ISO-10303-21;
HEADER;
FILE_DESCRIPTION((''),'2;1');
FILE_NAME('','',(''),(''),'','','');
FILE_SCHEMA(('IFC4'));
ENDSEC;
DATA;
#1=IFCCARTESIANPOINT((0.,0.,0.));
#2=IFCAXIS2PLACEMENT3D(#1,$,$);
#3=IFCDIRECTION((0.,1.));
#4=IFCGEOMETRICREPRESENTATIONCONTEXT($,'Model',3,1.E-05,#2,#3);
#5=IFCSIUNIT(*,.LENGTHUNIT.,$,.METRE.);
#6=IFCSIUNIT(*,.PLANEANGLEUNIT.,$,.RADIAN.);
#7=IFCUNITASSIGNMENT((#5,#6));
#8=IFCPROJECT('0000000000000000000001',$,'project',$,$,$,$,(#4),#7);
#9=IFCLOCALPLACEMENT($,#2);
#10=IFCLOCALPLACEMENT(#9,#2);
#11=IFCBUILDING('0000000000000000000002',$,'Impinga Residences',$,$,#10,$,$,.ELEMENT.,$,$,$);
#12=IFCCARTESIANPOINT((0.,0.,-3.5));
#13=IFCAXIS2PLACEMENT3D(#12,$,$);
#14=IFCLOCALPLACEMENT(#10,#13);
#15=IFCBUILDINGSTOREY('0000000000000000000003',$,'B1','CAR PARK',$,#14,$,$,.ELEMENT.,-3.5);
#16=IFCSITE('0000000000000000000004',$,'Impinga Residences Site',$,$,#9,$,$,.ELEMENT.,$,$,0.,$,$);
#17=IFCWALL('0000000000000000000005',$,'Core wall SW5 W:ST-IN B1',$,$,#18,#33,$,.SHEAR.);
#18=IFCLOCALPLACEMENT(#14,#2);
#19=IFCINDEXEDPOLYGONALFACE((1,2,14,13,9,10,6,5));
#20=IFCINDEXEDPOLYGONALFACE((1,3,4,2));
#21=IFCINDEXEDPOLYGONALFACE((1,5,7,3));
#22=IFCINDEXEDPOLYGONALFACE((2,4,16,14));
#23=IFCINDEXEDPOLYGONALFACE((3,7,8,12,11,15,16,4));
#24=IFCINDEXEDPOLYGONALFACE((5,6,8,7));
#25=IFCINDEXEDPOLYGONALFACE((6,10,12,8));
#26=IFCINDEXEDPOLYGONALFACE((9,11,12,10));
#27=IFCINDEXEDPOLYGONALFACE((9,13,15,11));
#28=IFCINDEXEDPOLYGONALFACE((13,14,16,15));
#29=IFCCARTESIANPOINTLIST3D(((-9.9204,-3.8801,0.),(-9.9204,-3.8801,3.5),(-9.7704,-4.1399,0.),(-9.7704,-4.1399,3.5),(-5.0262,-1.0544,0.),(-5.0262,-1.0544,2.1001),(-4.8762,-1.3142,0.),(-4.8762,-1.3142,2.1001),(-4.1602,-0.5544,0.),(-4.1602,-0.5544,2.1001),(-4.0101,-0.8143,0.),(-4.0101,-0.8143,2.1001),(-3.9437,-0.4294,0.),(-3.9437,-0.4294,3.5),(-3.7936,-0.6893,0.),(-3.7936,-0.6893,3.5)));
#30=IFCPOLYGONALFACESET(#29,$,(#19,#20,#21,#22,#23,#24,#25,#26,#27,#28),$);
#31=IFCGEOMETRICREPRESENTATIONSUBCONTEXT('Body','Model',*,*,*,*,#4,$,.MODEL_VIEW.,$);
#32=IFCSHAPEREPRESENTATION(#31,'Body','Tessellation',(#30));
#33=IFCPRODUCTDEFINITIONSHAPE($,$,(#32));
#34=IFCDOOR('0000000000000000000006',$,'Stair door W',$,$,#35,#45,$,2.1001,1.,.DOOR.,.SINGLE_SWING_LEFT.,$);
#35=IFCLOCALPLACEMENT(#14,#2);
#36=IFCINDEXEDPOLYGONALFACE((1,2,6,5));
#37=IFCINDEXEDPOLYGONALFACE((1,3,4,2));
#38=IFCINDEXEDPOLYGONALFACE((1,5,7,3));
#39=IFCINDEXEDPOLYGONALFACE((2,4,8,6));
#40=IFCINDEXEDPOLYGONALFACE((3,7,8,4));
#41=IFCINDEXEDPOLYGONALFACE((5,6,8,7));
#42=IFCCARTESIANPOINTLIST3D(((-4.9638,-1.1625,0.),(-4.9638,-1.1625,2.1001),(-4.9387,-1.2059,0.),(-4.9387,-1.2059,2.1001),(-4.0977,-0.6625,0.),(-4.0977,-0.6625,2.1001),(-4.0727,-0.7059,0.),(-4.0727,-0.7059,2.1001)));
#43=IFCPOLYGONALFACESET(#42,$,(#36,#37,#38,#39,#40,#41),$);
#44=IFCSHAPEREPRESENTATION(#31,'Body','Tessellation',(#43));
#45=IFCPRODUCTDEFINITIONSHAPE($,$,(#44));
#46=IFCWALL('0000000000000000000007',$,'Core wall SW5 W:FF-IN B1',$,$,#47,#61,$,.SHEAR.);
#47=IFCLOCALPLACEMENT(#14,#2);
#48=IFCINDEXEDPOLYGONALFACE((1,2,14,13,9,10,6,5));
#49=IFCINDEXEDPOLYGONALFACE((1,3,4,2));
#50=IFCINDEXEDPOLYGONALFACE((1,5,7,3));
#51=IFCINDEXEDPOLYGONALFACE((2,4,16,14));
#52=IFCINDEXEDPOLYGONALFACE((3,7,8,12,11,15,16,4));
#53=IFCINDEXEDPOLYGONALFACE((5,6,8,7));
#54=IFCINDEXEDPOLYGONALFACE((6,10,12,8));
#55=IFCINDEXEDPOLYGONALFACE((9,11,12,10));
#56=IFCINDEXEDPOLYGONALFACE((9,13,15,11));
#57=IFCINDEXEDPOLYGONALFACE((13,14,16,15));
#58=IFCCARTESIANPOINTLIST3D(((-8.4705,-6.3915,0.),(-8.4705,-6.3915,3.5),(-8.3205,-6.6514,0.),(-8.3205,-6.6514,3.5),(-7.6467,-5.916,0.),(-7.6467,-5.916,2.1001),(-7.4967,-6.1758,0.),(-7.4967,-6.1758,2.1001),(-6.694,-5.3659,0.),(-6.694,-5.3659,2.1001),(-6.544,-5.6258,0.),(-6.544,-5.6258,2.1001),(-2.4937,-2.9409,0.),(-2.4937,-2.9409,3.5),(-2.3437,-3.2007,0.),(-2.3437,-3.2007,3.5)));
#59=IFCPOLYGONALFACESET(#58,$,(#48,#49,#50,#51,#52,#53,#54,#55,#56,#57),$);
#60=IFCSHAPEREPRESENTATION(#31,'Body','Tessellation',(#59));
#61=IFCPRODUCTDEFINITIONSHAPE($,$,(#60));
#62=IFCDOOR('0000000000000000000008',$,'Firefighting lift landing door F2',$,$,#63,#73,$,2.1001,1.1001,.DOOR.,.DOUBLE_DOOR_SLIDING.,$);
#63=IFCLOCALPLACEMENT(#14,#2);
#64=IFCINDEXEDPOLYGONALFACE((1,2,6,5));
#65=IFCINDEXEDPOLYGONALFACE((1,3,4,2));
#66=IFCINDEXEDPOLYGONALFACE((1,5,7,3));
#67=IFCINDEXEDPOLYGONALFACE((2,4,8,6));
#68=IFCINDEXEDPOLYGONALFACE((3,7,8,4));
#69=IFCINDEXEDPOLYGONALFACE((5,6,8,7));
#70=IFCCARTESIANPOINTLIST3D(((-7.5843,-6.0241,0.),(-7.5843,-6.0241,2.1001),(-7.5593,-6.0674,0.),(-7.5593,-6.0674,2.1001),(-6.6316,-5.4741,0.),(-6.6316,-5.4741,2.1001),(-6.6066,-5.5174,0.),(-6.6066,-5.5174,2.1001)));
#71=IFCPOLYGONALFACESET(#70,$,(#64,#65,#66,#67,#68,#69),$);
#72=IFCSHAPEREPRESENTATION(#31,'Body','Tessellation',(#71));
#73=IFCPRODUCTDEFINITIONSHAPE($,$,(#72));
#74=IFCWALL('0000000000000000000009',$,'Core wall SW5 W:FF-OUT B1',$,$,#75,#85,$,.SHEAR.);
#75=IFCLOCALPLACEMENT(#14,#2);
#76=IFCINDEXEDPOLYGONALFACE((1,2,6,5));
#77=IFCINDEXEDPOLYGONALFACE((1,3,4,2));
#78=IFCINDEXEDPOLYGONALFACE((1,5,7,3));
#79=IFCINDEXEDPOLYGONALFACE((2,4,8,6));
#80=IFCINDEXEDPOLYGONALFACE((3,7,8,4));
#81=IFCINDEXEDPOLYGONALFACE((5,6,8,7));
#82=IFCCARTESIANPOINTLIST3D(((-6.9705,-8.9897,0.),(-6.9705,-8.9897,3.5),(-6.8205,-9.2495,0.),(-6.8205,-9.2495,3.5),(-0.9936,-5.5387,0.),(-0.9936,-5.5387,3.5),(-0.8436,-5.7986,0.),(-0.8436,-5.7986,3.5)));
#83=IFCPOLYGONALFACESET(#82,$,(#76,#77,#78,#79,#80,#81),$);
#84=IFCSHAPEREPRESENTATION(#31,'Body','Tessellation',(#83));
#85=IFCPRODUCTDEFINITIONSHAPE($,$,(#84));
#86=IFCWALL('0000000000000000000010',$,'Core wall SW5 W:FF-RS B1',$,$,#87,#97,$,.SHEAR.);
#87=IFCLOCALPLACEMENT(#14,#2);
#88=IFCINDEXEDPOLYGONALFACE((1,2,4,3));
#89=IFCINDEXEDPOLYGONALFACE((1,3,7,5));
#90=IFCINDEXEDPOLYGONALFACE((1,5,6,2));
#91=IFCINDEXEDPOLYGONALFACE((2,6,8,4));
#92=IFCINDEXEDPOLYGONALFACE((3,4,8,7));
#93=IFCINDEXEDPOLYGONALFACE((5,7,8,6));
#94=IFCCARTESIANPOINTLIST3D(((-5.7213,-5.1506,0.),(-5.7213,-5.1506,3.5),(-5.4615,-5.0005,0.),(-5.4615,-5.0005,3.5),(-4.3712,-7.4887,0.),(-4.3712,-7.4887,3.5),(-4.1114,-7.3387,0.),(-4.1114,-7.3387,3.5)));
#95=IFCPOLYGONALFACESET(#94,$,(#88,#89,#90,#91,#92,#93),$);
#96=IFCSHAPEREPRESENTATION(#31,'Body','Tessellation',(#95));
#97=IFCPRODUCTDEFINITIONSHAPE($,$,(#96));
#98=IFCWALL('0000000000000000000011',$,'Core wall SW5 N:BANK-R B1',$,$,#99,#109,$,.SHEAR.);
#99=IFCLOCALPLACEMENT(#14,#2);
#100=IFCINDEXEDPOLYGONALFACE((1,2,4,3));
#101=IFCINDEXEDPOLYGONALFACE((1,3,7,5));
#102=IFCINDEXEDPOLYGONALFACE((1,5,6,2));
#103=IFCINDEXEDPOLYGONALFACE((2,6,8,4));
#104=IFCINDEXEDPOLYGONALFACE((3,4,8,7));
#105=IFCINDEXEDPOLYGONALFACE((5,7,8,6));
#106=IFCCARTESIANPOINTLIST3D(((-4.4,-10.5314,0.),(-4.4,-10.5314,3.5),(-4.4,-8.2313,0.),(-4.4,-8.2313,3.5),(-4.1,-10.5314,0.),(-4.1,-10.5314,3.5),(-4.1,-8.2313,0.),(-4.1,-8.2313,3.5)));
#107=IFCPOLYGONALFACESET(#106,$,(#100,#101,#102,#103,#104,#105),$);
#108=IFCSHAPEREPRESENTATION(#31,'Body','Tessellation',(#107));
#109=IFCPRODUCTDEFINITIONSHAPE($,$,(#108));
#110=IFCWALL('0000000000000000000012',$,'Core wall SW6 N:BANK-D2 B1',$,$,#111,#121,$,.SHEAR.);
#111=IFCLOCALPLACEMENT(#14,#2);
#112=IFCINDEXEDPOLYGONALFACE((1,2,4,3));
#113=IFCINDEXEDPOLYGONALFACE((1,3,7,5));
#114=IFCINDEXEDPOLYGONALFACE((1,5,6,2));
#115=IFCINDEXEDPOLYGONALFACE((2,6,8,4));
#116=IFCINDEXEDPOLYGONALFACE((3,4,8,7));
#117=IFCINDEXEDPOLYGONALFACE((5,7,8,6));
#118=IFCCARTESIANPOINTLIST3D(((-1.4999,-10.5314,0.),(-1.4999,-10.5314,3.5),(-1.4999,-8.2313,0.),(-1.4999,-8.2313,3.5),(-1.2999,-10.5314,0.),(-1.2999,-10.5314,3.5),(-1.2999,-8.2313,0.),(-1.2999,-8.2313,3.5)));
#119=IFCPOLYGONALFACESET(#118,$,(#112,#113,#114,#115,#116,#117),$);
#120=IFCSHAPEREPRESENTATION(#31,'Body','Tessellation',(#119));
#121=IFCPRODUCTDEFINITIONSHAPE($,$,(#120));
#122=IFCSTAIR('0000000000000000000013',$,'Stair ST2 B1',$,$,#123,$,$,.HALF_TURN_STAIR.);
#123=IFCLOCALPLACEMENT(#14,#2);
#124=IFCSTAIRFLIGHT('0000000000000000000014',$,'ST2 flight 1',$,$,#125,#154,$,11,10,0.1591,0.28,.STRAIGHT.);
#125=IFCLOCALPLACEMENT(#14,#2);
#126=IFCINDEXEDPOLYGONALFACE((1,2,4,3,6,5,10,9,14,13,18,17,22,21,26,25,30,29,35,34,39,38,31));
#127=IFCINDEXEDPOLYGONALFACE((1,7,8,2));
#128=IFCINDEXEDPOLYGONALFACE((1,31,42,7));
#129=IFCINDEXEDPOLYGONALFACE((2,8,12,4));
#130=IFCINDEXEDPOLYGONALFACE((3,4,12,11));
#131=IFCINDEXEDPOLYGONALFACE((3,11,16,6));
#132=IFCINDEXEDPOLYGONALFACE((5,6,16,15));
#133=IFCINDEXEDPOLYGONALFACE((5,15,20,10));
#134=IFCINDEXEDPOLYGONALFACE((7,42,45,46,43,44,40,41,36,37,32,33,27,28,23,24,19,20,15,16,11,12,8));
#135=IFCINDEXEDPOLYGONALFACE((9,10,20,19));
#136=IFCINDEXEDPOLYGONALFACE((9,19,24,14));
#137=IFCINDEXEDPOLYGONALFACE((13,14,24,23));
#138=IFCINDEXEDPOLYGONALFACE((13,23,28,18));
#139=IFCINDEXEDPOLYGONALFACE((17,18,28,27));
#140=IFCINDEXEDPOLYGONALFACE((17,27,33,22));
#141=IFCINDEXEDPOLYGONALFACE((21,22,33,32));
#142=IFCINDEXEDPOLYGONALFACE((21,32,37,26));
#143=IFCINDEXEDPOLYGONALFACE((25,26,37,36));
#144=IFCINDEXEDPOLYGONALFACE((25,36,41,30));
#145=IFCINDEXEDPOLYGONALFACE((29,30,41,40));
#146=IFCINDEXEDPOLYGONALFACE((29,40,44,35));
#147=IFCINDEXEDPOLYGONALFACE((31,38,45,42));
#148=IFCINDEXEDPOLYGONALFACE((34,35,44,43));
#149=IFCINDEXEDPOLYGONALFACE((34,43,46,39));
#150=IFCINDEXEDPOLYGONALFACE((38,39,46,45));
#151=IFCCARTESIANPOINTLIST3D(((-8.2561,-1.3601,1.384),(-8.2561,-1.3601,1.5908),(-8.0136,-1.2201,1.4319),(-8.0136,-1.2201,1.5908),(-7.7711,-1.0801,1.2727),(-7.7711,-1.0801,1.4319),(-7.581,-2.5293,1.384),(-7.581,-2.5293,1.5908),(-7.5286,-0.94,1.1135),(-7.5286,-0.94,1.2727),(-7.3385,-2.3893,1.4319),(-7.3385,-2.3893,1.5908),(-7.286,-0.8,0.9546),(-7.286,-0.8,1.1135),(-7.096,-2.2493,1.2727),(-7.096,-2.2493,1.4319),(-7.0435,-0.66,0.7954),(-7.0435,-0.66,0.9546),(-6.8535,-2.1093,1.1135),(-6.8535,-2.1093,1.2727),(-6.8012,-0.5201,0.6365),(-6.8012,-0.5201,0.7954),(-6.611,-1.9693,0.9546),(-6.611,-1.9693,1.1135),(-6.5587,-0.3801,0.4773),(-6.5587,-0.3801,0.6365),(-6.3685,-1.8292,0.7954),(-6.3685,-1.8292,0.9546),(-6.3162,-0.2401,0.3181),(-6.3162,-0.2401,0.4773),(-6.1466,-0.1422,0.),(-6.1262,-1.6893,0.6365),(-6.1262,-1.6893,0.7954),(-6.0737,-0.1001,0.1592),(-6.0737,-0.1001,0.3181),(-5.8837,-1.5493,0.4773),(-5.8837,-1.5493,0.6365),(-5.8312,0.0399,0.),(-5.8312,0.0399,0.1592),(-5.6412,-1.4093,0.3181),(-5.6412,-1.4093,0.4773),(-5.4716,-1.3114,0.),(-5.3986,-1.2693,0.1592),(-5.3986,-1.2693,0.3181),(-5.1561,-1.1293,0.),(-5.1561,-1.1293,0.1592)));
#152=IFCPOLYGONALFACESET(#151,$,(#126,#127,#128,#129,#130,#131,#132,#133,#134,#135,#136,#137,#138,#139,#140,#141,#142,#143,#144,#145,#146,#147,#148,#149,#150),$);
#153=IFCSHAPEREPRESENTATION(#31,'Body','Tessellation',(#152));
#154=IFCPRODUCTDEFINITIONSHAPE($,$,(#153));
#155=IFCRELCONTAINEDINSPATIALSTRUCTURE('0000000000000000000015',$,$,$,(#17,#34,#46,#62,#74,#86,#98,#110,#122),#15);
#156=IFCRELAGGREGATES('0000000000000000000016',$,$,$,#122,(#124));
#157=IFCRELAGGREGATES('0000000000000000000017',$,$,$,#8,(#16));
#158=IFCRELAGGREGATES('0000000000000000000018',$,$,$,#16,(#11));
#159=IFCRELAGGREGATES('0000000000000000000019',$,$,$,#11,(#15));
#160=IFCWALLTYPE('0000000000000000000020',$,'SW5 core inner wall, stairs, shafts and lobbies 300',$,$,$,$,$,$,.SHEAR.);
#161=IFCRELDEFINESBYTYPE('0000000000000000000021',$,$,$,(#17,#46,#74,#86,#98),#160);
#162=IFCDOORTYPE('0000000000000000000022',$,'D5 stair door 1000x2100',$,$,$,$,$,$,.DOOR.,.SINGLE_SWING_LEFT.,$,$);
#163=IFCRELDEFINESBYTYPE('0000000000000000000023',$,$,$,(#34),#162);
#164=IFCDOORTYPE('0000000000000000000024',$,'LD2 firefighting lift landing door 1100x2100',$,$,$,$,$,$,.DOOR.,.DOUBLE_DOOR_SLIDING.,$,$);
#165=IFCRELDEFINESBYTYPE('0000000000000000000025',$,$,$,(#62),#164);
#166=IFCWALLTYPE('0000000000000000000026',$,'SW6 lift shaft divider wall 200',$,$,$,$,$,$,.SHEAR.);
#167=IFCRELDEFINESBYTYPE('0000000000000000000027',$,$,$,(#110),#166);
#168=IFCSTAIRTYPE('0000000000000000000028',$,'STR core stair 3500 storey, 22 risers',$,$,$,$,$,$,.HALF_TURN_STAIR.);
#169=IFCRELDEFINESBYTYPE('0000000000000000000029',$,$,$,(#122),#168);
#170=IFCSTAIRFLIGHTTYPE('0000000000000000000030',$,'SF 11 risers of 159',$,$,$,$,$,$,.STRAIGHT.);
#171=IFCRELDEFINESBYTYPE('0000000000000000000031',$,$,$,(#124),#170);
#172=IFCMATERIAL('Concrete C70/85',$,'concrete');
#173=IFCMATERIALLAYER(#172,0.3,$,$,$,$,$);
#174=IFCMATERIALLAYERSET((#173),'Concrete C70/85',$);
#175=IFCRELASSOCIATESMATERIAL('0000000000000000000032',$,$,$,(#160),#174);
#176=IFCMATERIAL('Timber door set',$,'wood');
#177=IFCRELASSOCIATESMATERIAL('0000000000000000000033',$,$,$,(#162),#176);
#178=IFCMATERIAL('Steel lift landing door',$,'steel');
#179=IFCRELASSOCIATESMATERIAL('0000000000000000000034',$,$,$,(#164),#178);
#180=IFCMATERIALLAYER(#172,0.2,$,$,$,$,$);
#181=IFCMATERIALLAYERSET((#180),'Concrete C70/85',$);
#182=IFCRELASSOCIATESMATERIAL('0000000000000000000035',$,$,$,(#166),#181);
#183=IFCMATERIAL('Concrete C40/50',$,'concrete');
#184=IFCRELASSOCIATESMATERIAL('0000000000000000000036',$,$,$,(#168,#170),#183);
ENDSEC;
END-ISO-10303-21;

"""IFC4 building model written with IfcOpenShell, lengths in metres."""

from ifc_helpers import new_model, si_unit, direction, frame, frame_2d, origin, place, context, subcontext, project, spatial, polyline, rectangle, outline, extrude, material, layer, layer_set, type_object, element, fill, aggregate, save


model = new_model("IFC4")

# Units and contexts
model_context = context("Model", 3, precision=1e-05, world=origin(), true_north=direction((0.0, 1.0)))
body_context = subcontext(model_context, "Body", "Model", "MODEL_VIEW")
ifc_project = project(units=[si_unit("LENGTHUNIT", "METRE"), si_unit("PLANEANGLEUNIT", "RADIAN")], contexts=[model_context])

# Site, building, storey
site_placement = place(None, origin())
site = spatial("IfcSite", under=ifc_project, at=site_placement, Name="Impinga Residences Site", CompositionType="ELEMENT", RefElevation=0.0)
building_placement = place(site_placement, origin())
building = spatial("IfcBuilding", under=site, at=building_placement, Name="Impinga Residences", CompositionType="ELEMENT")
storey_placement = place(building_placement, frame((0.0, 0.0, -3.5)))
storey = spatial("IfcBuildingStorey", under=building, at=storey_placement, Name="B1", Description="CAR PARK", CompositionType="ELEMENT", Elevation=-3.5)

# Shared definitions
ifc_material_1 = material(Name="Concrete C70/85", Category="concrete")

# Shared definitions
ifc_layer_1 = layer(ifc_material_1, 0.3)
ifc_layer_set_1 = layer_set([ifc_layer_1], Name="Concrete C70/85")
wall_type_1 = type_object("IfcWallType", Name="SW5 core inner wall, stairs, shafts and lobbies 300", PredefinedType="SHEAR", material=ifc_layer_set_1)
ifc_material_2 = material(Name="Timber door set", Category="wood")

# Walls, openings, doors
wall_1_placement = place(storey_placement, frame((-3.8687, -0.5593, 0.0), z_axis=(0.0, 0.0, 1.0), x_axis=(-0.866027, -0.499997, 0.0)))
wall_1 = element("IfcWall", 1, at=wall_1_placement, inside=storey, type_object=wall_type_1, Name="Core wall SW5 W:ST-IN B1", PredefinedType="SHEAR", context=body_context, shape_type="SweptSolid", body=[
    extrude(rectangle(XDim=6.9014, YDim=0.3, at=frame_2d((3.4507, 0.0))), origin(), (0.0, 0.0, 1.0), 3.5),
])
opening_1_placement = place(wall_1_placement, frame((0.25, 0.0, 0.0)))
opening_1 = element("IfcOpeningElement", 2, at=opening_1_placement, cuts=wall_1, PredefinedType="OPENING", context=body_context, shape_type="SweptSolid", body=[
    extrude(rectangle(XDim=1.0, YDim=2.1001, at=frame_2d((0.5, 1.05))), frame((0.0, 0.1599, 0.0), z_axis=(0.0, -1.0, 0.0), x_axis=(1.0, 0.0, 0.0)), (0.0, 0.0, 1.0), 0.3201),
])
door_type_1 = type_object("IfcDoorType", Name="D5 stair door 1000x2100", OperationType="SINGLE_SWING_LEFT", PredefinedType="DOOR", material=ifc_material_2)
door_1_placement = place(opening_1_placement, origin())
door_1 = element("IfcDoor", 3, at=door_1_placement, inside=storey, type_object=door_type_1, Name="Stair door W", OperationType="SINGLE_SWING_LEFT", OverallHeight=2.1001, OverallWidth=1.0, PredefinedType="DOOR", context=body_context, shape_type="SweptSolid", body=[
    extrude(rectangle(XDim=1.0, YDim=2.1001, at=frame_2d((0.5, 1.05))), frame((0.0, 0.0249, 0.0), z_axis=(0.0, -1.0, 0.0), x_axis=(1.0, 0.0, 0.0)), (0.0, 0.0, 1.0), 0.05),
])
fill(opening_1, door_1)
wall_2_placement = place(storey_placement, frame((-2.4187, -3.0708, 0.0), z_axis=(0.0, 0.0, 1.0), x_axis=(-0.866027, -0.499997, 0.0)))
wall_2 = element("IfcWall", 4, at=wall_2_placement, inside=storey, type_object=wall_type_1, Name="Core wall SW5 W:FF-IN B1", PredefinedType="SHEAR", context=body_context, shape_type="SweptSolid", body=[
    extrude(rectangle(XDim=6.9014, YDim=0.3, at=frame_2d((3.4507, 0.0))), origin(), (0.0, 0.0, 1.0), 3.5),
])
opening_2_placement = place(wall_2_placement, frame((4.8501, 0.0, 0.0)))
opening_2 = element("IfcOpeningElement", 5, at=opening_2_placement, cuts=wall_2, PredefinedType="OPENING", context=body_context, shape_type="SweptSolid", body=[
    extrude(rectangle(XDim=1.1001, YDim=2.1001, at=frame_2d((0.55, 1.05))), frame((0.0, 0.1599, 0.0), z_axis=(0.0, -1.0, 0.0), x_axis=(1.0, 0.0, 0.0)), (0.0, 0.0, 1.0), 0.3201),
])
ifc_material_3 = material(Name="Steel lift landing door", Category="steel")
door_type_2 = type_object("IfcDoorType", Name="LD2 firefighting lift landing door 1100x2100", OperationType="DOUBLE_DOOR_SLIDING", PredefinedType="DOOR", material=ifc_material_3)
door_2_placement = place(opening_2_placement, origin())
door_2 = element("IfcDoor", 6, at=door_2_placement, inside=storey, type_object=door_type_2, Name="Firefighting lift landing door F2", OperationType="DOUBLE_DOOR_SLIDING", OverallHeight=2.1001, OverallWidth=1.1001, PredefinedType="DOOR", context=body_context, shape_type="SweptSolid", body=[
    extrude(rectangle(XDim=1.1001, YDim=2.1001, at=frame_2d((0.55, 1.05))), frame((0.0, 0.0249, 0.0), z_axis=(0.0, -1.0, 0.0), x_axis=(1.0, 0.0, 0.0)), (0.0, 0.0, 1.0), 0.05),
])
fill(opening_2, door_2)

# Walls
wall_3_placement = place(storey_placement, frame((-0.9187, -5.6687, 0.0), z_axis=(0.0, 0.0, 1.0), x_axis=(-0.866012, -0.500024, 0.0)))
element("IfcWall", 7, at=wall_3_placement, inside=storey, type_object=wall_type_1, Name="Core wall SW5 W:FF-OUT B1", PredefinedType="SHEAR", context=body_context, shape_type="SweptSolid", body=[
    extrude(rectangle(XDim=6.9016, YDim=0.3, at=frame_2d((3.4507, 0.0))), origin(), (0.0, 0.0, 1.0), 3.5),
])
wall_4_placement = place(storey_placement, frame((-4.2412, -7.4138, 0.0), z_axis=(0.0, 0.0, 1.0), x_axis=(-0.500049, 0.865997, 0.0)))
element("IfcWall", 8, at=wall_4_placement, inside=storey, type_object=wall_type_1, Name="Core wall SW5 W:FF-RS B1", PredefinedType="SHEAR", context=body_context, shape_type="SweptSolid", body=[
    extrude(rectangle(XDim=2.7, YDim=0.3, at=frame_2d((1.3501, 0.0))), origin(), (0.0, 0.0, 1.0), 3.5),
])
wall_5_placement = place(storey_placement, frame((-4.25, -8.2314, 0.0), z_axis=(0.0, 0.0, 1.0), x_axis=(0.0, -1.0, 0.0)))
element("IfcWall", 9, at=wall_5_placement, inside=storey, type_object=wall_type_1, Name="Core wall SW5 N:BANK-R B1", PredefinedType="SHEAR", context=body_context, shape_type="SweptSolid", body=[
    extrude(rectangle(XDim=2.3, YDim=0.3, at=frame_2d((1.1499, 0.0))), origin(), (0.0, 0.0, 1.0), 3.5),
])
ifc_layer_2 = layer(ifc_material_1, 0.2)
ifc_layer_set_2 = layer_set([ifc_layer_2], Name="Concrete C70/85")
wall_type_2 = type_object("IfcWallType", Name="SW6 lift shaft divider wall 200", PredefinedType="SHEAR", material=ifc_layer_set_2)
wall_6_placement = place(storey_placement, frame((-1.3999, -8.2314, 0.0), z_axis=(0.0, 0.0, 1.0), x_axis=(0.0, -1.0, 0.0)))
element("IfcWall", 10, at=wall_6_placement, inside=storey, type_object=wall_type_2, Name="Core wall SW6 N:BANK-D2 B1", PredefinedType="SHEAR", context=body_context, shape_type="SweptSolid", body=[
    extrude(rectangle(XDim=2.3, YDim=0.2, at=frame_2d((1.1499, 0.0))), origin(), (0.0, 0.0, 1.0), 3.5),
])

# Stair, stair flight
ifc_material_4 = material(Name="Concrete C40/50", Category="concrete")
stair_type = type_object("IfcStairType", Name="STR core stair 3500 storey, 22 risers", PredefinedType="HALF_TURN_STAIR", material=ifc_material_4)
stair_placement = place(storey_placement, origin())
stair = element("IfcStair", 11, at=stair_placement, inside=storey, type_object=stair_type, Name="Stair ST2 B1", PredefinedType="HALF_TURN_STAIR")
stair_flight_type = type_object("IfcStairFlightType", Name="SF 11 risers of 159", PredefinedType="STRAIGHT", material=ifc_material_4)
stair_flight_placement = place(storey_placement, frame((-5.4937, -0.5447, 0.0), z_axis=(0.0, 0.0, 1.0), x_axis=(-0.866025, -0.5, 0.0)))
stair_flight = element("IfcStairFlight", 12, at=stair_flight_placement, type_object=stair_flight_type, Name="ST2 flight 1", NumberOfRisers=11, NumberOfTreads=10, PredefinedType="STRAIGHT", RiserHeight=0.1591, TreadLength=0.28, context=body_context, shape_type="SweptSolid", body=[
    extrude(outline(polyline([(0.0, 0.0), (0.0, 0.1592), (0.28, 0.1592), (0.28, 0.3181), (0.5601, 0.3181), (0.5601, 0.4773), (0.8401, 0.4773), (0.8401, 0.6365), (1.1201, 0.6365), (1.1201, 0.7954), (1.3999, 0.7954), (1.3999, 0.9546), (1.6799, 0.9546), (1.6799, 1.1135), (1.96, 1.1135), (1.96, 1.2727), (2.24, 1.2727), (2.24, 1.4319), (2.52, 1.4319), (2.52, 1.5908), (2.8, 1.5908), (2.8, 1.75), (2.8, 1.384), (0.3643, 0.0), (0.0, 0.0)])), frame((0.0, 0.675, 0.0), z_axis=(0.0, -1.0, 0.0), x_axis=(1.0, 0.0, 0.0)), (0.0, 0.0, 1.0), 1.3501),
])
aggregate(stair, [stair_flight])

save(model, "model.ifc")
